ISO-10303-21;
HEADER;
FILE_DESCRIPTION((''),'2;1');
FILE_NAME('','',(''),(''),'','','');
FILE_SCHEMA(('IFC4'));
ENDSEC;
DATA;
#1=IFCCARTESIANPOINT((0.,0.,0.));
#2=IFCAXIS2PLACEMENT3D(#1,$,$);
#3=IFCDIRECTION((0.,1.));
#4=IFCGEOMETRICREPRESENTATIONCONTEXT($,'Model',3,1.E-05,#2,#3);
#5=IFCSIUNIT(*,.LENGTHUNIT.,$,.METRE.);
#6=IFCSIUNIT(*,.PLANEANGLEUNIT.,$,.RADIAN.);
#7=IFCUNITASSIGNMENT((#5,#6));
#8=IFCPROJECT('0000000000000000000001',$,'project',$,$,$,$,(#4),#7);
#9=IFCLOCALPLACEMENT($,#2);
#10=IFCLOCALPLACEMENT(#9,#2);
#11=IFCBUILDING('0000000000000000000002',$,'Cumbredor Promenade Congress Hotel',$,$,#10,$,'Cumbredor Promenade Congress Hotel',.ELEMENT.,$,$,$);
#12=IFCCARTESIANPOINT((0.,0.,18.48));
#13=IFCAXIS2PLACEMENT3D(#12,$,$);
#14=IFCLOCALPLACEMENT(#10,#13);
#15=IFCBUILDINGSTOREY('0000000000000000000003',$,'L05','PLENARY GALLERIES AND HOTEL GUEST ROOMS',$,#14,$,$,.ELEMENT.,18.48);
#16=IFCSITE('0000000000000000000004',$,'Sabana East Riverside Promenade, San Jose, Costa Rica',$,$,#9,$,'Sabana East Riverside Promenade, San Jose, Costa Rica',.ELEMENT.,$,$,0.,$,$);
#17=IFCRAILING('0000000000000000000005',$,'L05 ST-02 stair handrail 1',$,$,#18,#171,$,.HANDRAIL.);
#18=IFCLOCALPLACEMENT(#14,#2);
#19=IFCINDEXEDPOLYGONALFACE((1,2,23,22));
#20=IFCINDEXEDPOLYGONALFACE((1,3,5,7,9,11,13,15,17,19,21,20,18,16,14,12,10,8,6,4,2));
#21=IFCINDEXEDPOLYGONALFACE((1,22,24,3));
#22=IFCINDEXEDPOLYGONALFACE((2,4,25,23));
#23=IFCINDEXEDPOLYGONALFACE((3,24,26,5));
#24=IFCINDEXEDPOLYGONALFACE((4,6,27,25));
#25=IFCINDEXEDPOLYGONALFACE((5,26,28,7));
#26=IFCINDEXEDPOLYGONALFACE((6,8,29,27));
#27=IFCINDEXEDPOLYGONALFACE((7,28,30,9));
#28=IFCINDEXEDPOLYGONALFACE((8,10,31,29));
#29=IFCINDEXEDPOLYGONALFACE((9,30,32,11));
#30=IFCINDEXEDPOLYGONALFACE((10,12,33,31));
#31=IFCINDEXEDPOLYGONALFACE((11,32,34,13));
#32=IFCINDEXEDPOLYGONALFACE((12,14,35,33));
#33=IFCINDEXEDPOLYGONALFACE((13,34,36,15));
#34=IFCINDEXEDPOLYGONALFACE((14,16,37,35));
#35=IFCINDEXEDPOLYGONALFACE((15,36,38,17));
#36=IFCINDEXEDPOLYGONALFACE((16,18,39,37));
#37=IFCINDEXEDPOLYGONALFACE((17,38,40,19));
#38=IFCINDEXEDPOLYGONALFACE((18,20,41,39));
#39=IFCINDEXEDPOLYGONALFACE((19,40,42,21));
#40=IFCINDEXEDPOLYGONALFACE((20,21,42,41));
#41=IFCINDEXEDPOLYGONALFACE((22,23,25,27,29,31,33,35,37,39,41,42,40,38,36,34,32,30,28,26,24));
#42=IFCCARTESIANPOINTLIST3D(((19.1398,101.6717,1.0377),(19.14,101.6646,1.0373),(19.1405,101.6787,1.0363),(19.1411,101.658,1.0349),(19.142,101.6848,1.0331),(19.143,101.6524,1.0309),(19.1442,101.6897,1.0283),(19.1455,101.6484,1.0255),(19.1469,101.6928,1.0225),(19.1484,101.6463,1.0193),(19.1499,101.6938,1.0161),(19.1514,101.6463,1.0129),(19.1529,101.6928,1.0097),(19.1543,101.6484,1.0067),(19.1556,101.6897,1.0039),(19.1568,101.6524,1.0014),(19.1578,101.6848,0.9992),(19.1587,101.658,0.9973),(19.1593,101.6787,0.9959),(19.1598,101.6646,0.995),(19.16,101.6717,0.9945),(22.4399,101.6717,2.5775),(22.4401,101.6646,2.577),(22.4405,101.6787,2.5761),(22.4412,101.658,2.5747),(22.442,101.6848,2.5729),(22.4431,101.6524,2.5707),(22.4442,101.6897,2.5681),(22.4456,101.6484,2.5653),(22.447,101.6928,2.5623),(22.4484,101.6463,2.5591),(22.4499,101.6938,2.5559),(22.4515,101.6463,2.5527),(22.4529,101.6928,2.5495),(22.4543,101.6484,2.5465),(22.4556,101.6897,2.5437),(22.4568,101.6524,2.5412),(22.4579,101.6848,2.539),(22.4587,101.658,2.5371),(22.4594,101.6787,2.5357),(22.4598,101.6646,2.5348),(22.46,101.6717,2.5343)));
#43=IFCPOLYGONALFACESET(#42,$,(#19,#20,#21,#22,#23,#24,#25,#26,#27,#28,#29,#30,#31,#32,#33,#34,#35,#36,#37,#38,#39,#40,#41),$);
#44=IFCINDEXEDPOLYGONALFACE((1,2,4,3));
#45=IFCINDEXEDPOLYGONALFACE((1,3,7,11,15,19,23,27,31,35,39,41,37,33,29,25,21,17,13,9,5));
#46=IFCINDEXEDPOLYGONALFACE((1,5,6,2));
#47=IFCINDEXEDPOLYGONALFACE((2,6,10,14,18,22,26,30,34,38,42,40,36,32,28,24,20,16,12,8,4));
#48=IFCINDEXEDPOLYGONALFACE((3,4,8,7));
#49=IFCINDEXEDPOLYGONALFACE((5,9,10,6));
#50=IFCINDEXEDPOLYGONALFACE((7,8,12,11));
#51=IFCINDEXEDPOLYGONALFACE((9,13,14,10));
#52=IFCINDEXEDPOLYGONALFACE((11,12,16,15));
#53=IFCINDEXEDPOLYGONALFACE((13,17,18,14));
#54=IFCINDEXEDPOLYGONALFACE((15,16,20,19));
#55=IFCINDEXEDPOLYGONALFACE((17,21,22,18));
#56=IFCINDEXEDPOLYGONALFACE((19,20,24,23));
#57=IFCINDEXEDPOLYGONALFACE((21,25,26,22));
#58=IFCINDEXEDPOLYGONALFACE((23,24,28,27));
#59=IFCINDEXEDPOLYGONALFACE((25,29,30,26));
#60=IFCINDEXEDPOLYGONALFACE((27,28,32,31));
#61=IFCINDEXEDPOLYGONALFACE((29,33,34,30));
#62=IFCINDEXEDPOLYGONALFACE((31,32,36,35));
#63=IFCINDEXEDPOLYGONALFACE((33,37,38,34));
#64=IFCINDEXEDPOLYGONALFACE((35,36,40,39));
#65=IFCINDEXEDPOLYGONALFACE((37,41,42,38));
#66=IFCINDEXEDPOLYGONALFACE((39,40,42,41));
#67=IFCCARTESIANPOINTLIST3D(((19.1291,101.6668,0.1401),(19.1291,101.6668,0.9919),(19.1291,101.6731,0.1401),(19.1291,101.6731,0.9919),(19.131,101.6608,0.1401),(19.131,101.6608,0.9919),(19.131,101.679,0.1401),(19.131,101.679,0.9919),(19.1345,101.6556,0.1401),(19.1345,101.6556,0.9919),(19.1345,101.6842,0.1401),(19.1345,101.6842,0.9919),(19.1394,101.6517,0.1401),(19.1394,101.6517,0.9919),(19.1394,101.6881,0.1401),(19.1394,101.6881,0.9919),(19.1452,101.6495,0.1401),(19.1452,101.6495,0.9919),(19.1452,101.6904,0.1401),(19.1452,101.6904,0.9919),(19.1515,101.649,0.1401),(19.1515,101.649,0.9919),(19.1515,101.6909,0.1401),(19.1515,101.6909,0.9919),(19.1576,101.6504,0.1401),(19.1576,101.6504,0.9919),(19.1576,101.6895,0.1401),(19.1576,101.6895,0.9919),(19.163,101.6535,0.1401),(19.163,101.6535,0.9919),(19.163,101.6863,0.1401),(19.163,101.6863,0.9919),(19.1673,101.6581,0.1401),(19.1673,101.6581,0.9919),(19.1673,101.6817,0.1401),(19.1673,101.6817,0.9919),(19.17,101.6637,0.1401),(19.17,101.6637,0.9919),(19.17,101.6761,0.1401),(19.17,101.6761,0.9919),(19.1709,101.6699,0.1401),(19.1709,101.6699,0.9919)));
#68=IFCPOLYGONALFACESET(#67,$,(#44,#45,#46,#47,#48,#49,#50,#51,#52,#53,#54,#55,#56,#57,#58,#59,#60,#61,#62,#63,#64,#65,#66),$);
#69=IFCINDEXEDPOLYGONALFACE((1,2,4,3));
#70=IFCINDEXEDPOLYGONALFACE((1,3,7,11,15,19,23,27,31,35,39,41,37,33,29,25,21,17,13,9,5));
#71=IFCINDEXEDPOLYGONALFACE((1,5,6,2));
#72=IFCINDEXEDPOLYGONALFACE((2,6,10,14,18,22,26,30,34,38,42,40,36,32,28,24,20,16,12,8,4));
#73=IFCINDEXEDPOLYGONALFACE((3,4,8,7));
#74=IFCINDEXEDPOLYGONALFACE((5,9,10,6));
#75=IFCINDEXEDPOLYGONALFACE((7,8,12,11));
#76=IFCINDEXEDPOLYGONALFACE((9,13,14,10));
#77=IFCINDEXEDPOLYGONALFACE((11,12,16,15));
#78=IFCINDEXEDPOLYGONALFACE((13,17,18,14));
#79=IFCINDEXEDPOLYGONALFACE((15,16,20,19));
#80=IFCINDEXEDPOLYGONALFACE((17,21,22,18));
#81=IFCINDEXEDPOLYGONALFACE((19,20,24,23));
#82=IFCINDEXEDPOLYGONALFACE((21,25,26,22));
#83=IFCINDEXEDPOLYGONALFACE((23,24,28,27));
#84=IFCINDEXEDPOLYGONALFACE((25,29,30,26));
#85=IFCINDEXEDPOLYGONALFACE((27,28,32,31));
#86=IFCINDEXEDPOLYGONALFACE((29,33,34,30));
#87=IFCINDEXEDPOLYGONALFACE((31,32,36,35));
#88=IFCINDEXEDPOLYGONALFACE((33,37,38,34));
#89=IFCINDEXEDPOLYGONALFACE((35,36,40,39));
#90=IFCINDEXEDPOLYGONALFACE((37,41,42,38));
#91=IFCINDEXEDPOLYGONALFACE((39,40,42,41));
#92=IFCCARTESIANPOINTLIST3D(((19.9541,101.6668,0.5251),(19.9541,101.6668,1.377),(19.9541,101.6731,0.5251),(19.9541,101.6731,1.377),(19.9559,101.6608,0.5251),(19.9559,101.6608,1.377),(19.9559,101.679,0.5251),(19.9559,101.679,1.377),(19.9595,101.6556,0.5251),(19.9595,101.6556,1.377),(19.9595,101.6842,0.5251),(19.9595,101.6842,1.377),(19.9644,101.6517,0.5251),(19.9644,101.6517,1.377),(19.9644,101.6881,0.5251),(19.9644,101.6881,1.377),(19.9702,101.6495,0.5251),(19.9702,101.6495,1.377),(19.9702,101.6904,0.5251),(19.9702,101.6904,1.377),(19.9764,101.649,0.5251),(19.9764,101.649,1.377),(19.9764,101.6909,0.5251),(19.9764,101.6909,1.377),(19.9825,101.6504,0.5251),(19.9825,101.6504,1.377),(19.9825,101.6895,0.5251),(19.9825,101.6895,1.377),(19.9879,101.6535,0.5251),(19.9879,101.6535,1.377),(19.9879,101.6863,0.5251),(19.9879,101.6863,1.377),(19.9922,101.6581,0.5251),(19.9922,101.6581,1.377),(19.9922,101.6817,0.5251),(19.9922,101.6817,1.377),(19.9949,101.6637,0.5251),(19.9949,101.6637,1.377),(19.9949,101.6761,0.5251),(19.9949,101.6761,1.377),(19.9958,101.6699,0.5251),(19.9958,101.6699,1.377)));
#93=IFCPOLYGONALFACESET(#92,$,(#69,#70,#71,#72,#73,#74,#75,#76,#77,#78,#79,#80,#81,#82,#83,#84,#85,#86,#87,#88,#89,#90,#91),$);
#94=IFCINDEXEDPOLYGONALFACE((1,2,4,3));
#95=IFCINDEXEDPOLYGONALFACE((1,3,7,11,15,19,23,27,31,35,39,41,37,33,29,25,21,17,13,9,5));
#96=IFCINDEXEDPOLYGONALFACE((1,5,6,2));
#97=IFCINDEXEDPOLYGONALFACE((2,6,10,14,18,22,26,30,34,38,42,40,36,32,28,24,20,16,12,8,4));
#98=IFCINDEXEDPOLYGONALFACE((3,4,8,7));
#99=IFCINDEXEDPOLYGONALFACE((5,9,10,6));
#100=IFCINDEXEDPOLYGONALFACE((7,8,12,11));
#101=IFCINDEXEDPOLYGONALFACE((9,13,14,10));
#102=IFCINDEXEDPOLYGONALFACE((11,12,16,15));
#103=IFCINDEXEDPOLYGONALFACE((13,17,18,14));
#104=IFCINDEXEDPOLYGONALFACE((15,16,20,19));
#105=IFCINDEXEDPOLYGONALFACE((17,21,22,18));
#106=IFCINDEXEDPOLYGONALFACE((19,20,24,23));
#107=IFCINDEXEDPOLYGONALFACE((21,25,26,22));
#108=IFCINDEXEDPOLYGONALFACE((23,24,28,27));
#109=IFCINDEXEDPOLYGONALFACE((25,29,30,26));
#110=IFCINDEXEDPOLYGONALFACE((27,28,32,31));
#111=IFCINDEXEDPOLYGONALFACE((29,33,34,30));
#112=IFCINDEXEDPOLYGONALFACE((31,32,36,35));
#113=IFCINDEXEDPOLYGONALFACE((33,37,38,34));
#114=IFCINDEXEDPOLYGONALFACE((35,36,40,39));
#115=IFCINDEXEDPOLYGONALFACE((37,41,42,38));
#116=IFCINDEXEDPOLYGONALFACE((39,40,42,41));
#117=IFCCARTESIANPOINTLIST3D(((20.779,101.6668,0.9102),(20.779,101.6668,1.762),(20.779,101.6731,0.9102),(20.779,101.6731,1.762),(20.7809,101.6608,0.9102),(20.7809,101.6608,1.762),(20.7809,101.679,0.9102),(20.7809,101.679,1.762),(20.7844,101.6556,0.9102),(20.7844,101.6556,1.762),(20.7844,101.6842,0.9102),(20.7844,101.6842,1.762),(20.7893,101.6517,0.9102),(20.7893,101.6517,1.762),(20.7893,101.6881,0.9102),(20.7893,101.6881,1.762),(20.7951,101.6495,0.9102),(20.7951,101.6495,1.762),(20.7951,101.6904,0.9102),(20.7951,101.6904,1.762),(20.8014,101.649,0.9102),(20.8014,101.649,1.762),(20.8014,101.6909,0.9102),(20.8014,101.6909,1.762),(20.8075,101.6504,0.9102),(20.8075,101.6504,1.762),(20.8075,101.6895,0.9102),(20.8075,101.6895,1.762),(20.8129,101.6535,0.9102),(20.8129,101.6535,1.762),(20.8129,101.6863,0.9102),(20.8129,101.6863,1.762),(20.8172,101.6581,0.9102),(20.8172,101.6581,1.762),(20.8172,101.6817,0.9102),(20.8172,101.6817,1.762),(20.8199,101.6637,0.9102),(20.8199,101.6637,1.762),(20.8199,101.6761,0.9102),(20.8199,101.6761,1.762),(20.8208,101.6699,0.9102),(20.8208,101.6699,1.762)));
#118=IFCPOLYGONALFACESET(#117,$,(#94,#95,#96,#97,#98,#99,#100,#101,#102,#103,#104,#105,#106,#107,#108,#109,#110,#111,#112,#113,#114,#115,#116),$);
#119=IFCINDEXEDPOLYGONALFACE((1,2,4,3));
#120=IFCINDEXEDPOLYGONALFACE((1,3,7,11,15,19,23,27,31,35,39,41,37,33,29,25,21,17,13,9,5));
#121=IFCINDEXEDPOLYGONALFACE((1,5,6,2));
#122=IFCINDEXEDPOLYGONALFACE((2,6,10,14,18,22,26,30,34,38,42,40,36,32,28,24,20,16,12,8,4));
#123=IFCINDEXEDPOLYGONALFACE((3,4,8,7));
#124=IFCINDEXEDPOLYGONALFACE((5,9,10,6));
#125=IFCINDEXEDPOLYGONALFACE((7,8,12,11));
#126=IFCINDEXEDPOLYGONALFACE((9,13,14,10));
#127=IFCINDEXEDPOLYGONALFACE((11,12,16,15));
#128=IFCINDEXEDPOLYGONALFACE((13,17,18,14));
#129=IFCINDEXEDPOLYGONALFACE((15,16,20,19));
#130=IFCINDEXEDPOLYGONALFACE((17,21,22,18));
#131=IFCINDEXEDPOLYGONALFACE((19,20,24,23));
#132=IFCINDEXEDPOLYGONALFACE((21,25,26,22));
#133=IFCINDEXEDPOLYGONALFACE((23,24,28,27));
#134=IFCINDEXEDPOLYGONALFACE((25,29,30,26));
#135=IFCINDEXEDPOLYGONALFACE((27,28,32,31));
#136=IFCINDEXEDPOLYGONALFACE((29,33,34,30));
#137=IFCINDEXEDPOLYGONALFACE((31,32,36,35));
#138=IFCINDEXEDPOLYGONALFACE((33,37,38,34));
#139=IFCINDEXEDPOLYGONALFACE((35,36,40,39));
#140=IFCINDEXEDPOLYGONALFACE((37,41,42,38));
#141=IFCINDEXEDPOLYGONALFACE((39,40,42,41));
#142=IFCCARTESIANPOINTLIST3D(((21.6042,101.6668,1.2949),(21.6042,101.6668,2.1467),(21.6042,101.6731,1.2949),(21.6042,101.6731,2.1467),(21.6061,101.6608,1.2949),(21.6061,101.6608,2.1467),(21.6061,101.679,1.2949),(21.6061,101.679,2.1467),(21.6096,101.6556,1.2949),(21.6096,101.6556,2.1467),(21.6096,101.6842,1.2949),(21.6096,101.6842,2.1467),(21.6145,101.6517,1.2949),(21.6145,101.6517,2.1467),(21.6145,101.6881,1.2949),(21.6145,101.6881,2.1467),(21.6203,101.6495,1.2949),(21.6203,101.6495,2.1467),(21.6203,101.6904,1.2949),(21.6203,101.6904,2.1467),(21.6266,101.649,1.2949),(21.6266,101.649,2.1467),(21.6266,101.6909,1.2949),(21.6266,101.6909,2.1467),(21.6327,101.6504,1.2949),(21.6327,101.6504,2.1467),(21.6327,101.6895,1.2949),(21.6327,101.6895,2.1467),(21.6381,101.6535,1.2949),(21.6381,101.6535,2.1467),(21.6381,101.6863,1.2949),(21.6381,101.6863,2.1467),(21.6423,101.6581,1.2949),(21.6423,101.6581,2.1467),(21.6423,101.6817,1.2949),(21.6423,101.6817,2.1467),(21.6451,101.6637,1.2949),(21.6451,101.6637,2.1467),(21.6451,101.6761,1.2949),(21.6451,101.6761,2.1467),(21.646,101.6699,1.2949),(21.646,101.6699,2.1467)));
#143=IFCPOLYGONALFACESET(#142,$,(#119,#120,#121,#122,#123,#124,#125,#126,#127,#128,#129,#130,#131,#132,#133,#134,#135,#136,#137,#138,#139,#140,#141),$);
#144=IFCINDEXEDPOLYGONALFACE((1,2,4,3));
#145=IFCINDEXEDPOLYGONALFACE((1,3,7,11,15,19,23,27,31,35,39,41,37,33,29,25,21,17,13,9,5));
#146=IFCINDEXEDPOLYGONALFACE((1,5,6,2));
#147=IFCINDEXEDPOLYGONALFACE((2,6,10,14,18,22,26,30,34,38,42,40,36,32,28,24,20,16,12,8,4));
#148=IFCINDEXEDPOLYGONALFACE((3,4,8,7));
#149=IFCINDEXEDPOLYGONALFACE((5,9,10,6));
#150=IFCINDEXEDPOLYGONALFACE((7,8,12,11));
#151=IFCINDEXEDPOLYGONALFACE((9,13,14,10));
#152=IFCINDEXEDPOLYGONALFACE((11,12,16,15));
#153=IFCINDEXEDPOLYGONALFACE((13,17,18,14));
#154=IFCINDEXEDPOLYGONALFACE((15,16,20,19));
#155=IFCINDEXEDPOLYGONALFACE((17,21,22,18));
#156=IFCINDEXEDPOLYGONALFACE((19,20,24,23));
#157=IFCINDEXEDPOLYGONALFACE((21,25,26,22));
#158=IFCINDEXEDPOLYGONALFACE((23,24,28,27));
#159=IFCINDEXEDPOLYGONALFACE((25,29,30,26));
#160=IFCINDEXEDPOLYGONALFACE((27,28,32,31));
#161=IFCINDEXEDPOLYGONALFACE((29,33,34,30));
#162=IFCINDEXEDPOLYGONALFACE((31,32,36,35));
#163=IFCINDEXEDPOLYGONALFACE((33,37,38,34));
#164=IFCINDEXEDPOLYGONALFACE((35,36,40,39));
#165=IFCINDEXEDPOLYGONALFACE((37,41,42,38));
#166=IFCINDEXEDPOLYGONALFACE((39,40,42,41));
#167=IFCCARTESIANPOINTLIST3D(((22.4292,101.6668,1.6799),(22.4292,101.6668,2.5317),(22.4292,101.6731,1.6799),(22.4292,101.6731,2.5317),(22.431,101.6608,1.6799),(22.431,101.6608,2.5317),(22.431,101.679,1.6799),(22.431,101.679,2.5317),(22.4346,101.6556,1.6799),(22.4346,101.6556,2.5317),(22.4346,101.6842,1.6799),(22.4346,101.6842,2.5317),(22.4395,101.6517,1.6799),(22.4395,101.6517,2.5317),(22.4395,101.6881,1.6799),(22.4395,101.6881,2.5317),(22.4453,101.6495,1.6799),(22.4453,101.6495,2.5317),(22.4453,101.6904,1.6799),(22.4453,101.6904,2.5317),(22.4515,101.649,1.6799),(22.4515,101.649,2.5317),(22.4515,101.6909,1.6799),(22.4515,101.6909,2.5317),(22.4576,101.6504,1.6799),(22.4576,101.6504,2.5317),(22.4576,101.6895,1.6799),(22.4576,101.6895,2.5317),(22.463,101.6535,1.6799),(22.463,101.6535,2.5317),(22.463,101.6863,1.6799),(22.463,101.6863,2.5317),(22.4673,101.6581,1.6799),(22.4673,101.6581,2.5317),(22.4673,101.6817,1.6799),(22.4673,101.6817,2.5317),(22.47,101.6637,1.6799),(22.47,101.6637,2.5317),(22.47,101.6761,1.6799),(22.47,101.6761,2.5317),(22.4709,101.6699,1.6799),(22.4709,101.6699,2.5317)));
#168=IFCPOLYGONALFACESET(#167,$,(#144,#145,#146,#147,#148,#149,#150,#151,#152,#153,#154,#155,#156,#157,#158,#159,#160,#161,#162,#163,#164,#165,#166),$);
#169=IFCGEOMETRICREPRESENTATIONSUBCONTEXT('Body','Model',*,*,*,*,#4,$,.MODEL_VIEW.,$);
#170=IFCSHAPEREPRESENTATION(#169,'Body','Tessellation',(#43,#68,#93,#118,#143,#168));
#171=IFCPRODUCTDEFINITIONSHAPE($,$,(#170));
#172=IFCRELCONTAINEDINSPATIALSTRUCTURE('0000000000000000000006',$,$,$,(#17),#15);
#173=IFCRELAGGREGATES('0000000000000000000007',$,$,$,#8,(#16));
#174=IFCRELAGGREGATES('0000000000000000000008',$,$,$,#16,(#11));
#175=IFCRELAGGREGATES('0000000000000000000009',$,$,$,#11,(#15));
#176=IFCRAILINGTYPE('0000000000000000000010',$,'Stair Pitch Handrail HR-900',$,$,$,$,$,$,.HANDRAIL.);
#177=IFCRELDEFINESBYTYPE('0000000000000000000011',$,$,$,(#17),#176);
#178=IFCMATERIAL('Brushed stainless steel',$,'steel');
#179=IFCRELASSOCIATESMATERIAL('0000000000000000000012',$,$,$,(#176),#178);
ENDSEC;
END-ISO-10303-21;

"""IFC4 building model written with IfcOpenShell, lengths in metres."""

from ifc_helpers import new_model, si_unit, direction, frame, origin, origin_2d, place, context, subcontext, project, spatial, circle, extrude, material, type_object, element, save


model = new_model("IFC4")

# Units and contexts
model_context = context("Model", 3, precision=1e-05, world=origin(), true_north=direction((0.0, 1.0)))
body_context = subcontext(model_context, "Body", "Model", "MODEL_VIEW")
ifc_project = project(units=[si_unit("LENGTHUNIT", "METRE"), si_unit("PLANEANGLEUNIT", "RADIAN")], contexts=[model_context])

# Site, building, storey
site_placement = place(None, origin())
site = spatial("IfcSite", under=ifc_project, at=site_placement, Name="Sabana East Riverside Promenade, San Jose, Costa Rica", LongName="Sabana East Riverside Promenade, San Jose, Costa Rica", CompositionType="ELEMENT", RefElevation=0.0)
building_placement = place(site_placement, origin())
building = spatial("IfcBuilding", under=site, at=building_placement, Name="Cumbredor Promenade Congress Hotel", LongName="Cumbredor Promenade Congress Hotel", CompositionType="ELEMENT")
storey_placement = place(building_placement, frame((0.0, 0.0, 18.48)))
storey = spatial("IfcBuildingStorey", under=building, at=storey_placement, Name="L05", Description="PLENARY GALLERIES AND HOTEL GUEST ROOMS", CompositionType="ELEMENT", Elevation=18.48)

# Railing
ifc_material_1 = material(Name="Brushed stainless steel", Category="steel")
railing_type_1 = type_object("IfcRailingType", Name="Stair Pitch Handrail HR-900", PredefinedType="HANDRAIL", material=ifc_material_1)
railing_1_placement = place(storey_placement, frame((19.1499, 101.6699, 0.1401)))
element("IfcRailing", 1, at=railing_1_placement, inside=storey, type_object=railing_type_1, Name="L05 ST-02 stair handrail 1", PredefinedType="HANDRAIL", context=body_context, shape_type="SweptSolid", body=[
    extrude(circle(Radius=0.0239, at=origin_2d()), frame((0.0, 0.0, 0.876), z_axis=(0.906207, 0.0, 0.422834), x_axis=(0.0, 1.0, 0.0)), (0.0, 0.0, 1.0), 3.6416),
    extrude(circle(Radius=0.021, at=origin_2d()), origin(), (0.0, 0.0, 1.0), 0.8518),
    extrude(circle(Radius=0.021, at=origin_2d()), frame((0.825, 0.0, 0.385)), (0.0, 0.0, 1.0), 0.8518),
    extrude(circle(Radius=0.021, at=origin_2d()), frame((1.6499, 0.0, 0.77)), (0.0, 0.0, 1.0), 0.8518),
    extrude(circle(Radius=0.021, at=origin_2d()), frame((2.4751, 0.0, 1.1548)), (0.0, 0.0, 1.0), 0.8518),
    extrude(circle(Radius=0.021, at=origin_2d()), frame((3.3, 0.0, 1.5398)), (0.0, 0.0, 1.0), 0.8518),
])

save(model, "model.ifc")
